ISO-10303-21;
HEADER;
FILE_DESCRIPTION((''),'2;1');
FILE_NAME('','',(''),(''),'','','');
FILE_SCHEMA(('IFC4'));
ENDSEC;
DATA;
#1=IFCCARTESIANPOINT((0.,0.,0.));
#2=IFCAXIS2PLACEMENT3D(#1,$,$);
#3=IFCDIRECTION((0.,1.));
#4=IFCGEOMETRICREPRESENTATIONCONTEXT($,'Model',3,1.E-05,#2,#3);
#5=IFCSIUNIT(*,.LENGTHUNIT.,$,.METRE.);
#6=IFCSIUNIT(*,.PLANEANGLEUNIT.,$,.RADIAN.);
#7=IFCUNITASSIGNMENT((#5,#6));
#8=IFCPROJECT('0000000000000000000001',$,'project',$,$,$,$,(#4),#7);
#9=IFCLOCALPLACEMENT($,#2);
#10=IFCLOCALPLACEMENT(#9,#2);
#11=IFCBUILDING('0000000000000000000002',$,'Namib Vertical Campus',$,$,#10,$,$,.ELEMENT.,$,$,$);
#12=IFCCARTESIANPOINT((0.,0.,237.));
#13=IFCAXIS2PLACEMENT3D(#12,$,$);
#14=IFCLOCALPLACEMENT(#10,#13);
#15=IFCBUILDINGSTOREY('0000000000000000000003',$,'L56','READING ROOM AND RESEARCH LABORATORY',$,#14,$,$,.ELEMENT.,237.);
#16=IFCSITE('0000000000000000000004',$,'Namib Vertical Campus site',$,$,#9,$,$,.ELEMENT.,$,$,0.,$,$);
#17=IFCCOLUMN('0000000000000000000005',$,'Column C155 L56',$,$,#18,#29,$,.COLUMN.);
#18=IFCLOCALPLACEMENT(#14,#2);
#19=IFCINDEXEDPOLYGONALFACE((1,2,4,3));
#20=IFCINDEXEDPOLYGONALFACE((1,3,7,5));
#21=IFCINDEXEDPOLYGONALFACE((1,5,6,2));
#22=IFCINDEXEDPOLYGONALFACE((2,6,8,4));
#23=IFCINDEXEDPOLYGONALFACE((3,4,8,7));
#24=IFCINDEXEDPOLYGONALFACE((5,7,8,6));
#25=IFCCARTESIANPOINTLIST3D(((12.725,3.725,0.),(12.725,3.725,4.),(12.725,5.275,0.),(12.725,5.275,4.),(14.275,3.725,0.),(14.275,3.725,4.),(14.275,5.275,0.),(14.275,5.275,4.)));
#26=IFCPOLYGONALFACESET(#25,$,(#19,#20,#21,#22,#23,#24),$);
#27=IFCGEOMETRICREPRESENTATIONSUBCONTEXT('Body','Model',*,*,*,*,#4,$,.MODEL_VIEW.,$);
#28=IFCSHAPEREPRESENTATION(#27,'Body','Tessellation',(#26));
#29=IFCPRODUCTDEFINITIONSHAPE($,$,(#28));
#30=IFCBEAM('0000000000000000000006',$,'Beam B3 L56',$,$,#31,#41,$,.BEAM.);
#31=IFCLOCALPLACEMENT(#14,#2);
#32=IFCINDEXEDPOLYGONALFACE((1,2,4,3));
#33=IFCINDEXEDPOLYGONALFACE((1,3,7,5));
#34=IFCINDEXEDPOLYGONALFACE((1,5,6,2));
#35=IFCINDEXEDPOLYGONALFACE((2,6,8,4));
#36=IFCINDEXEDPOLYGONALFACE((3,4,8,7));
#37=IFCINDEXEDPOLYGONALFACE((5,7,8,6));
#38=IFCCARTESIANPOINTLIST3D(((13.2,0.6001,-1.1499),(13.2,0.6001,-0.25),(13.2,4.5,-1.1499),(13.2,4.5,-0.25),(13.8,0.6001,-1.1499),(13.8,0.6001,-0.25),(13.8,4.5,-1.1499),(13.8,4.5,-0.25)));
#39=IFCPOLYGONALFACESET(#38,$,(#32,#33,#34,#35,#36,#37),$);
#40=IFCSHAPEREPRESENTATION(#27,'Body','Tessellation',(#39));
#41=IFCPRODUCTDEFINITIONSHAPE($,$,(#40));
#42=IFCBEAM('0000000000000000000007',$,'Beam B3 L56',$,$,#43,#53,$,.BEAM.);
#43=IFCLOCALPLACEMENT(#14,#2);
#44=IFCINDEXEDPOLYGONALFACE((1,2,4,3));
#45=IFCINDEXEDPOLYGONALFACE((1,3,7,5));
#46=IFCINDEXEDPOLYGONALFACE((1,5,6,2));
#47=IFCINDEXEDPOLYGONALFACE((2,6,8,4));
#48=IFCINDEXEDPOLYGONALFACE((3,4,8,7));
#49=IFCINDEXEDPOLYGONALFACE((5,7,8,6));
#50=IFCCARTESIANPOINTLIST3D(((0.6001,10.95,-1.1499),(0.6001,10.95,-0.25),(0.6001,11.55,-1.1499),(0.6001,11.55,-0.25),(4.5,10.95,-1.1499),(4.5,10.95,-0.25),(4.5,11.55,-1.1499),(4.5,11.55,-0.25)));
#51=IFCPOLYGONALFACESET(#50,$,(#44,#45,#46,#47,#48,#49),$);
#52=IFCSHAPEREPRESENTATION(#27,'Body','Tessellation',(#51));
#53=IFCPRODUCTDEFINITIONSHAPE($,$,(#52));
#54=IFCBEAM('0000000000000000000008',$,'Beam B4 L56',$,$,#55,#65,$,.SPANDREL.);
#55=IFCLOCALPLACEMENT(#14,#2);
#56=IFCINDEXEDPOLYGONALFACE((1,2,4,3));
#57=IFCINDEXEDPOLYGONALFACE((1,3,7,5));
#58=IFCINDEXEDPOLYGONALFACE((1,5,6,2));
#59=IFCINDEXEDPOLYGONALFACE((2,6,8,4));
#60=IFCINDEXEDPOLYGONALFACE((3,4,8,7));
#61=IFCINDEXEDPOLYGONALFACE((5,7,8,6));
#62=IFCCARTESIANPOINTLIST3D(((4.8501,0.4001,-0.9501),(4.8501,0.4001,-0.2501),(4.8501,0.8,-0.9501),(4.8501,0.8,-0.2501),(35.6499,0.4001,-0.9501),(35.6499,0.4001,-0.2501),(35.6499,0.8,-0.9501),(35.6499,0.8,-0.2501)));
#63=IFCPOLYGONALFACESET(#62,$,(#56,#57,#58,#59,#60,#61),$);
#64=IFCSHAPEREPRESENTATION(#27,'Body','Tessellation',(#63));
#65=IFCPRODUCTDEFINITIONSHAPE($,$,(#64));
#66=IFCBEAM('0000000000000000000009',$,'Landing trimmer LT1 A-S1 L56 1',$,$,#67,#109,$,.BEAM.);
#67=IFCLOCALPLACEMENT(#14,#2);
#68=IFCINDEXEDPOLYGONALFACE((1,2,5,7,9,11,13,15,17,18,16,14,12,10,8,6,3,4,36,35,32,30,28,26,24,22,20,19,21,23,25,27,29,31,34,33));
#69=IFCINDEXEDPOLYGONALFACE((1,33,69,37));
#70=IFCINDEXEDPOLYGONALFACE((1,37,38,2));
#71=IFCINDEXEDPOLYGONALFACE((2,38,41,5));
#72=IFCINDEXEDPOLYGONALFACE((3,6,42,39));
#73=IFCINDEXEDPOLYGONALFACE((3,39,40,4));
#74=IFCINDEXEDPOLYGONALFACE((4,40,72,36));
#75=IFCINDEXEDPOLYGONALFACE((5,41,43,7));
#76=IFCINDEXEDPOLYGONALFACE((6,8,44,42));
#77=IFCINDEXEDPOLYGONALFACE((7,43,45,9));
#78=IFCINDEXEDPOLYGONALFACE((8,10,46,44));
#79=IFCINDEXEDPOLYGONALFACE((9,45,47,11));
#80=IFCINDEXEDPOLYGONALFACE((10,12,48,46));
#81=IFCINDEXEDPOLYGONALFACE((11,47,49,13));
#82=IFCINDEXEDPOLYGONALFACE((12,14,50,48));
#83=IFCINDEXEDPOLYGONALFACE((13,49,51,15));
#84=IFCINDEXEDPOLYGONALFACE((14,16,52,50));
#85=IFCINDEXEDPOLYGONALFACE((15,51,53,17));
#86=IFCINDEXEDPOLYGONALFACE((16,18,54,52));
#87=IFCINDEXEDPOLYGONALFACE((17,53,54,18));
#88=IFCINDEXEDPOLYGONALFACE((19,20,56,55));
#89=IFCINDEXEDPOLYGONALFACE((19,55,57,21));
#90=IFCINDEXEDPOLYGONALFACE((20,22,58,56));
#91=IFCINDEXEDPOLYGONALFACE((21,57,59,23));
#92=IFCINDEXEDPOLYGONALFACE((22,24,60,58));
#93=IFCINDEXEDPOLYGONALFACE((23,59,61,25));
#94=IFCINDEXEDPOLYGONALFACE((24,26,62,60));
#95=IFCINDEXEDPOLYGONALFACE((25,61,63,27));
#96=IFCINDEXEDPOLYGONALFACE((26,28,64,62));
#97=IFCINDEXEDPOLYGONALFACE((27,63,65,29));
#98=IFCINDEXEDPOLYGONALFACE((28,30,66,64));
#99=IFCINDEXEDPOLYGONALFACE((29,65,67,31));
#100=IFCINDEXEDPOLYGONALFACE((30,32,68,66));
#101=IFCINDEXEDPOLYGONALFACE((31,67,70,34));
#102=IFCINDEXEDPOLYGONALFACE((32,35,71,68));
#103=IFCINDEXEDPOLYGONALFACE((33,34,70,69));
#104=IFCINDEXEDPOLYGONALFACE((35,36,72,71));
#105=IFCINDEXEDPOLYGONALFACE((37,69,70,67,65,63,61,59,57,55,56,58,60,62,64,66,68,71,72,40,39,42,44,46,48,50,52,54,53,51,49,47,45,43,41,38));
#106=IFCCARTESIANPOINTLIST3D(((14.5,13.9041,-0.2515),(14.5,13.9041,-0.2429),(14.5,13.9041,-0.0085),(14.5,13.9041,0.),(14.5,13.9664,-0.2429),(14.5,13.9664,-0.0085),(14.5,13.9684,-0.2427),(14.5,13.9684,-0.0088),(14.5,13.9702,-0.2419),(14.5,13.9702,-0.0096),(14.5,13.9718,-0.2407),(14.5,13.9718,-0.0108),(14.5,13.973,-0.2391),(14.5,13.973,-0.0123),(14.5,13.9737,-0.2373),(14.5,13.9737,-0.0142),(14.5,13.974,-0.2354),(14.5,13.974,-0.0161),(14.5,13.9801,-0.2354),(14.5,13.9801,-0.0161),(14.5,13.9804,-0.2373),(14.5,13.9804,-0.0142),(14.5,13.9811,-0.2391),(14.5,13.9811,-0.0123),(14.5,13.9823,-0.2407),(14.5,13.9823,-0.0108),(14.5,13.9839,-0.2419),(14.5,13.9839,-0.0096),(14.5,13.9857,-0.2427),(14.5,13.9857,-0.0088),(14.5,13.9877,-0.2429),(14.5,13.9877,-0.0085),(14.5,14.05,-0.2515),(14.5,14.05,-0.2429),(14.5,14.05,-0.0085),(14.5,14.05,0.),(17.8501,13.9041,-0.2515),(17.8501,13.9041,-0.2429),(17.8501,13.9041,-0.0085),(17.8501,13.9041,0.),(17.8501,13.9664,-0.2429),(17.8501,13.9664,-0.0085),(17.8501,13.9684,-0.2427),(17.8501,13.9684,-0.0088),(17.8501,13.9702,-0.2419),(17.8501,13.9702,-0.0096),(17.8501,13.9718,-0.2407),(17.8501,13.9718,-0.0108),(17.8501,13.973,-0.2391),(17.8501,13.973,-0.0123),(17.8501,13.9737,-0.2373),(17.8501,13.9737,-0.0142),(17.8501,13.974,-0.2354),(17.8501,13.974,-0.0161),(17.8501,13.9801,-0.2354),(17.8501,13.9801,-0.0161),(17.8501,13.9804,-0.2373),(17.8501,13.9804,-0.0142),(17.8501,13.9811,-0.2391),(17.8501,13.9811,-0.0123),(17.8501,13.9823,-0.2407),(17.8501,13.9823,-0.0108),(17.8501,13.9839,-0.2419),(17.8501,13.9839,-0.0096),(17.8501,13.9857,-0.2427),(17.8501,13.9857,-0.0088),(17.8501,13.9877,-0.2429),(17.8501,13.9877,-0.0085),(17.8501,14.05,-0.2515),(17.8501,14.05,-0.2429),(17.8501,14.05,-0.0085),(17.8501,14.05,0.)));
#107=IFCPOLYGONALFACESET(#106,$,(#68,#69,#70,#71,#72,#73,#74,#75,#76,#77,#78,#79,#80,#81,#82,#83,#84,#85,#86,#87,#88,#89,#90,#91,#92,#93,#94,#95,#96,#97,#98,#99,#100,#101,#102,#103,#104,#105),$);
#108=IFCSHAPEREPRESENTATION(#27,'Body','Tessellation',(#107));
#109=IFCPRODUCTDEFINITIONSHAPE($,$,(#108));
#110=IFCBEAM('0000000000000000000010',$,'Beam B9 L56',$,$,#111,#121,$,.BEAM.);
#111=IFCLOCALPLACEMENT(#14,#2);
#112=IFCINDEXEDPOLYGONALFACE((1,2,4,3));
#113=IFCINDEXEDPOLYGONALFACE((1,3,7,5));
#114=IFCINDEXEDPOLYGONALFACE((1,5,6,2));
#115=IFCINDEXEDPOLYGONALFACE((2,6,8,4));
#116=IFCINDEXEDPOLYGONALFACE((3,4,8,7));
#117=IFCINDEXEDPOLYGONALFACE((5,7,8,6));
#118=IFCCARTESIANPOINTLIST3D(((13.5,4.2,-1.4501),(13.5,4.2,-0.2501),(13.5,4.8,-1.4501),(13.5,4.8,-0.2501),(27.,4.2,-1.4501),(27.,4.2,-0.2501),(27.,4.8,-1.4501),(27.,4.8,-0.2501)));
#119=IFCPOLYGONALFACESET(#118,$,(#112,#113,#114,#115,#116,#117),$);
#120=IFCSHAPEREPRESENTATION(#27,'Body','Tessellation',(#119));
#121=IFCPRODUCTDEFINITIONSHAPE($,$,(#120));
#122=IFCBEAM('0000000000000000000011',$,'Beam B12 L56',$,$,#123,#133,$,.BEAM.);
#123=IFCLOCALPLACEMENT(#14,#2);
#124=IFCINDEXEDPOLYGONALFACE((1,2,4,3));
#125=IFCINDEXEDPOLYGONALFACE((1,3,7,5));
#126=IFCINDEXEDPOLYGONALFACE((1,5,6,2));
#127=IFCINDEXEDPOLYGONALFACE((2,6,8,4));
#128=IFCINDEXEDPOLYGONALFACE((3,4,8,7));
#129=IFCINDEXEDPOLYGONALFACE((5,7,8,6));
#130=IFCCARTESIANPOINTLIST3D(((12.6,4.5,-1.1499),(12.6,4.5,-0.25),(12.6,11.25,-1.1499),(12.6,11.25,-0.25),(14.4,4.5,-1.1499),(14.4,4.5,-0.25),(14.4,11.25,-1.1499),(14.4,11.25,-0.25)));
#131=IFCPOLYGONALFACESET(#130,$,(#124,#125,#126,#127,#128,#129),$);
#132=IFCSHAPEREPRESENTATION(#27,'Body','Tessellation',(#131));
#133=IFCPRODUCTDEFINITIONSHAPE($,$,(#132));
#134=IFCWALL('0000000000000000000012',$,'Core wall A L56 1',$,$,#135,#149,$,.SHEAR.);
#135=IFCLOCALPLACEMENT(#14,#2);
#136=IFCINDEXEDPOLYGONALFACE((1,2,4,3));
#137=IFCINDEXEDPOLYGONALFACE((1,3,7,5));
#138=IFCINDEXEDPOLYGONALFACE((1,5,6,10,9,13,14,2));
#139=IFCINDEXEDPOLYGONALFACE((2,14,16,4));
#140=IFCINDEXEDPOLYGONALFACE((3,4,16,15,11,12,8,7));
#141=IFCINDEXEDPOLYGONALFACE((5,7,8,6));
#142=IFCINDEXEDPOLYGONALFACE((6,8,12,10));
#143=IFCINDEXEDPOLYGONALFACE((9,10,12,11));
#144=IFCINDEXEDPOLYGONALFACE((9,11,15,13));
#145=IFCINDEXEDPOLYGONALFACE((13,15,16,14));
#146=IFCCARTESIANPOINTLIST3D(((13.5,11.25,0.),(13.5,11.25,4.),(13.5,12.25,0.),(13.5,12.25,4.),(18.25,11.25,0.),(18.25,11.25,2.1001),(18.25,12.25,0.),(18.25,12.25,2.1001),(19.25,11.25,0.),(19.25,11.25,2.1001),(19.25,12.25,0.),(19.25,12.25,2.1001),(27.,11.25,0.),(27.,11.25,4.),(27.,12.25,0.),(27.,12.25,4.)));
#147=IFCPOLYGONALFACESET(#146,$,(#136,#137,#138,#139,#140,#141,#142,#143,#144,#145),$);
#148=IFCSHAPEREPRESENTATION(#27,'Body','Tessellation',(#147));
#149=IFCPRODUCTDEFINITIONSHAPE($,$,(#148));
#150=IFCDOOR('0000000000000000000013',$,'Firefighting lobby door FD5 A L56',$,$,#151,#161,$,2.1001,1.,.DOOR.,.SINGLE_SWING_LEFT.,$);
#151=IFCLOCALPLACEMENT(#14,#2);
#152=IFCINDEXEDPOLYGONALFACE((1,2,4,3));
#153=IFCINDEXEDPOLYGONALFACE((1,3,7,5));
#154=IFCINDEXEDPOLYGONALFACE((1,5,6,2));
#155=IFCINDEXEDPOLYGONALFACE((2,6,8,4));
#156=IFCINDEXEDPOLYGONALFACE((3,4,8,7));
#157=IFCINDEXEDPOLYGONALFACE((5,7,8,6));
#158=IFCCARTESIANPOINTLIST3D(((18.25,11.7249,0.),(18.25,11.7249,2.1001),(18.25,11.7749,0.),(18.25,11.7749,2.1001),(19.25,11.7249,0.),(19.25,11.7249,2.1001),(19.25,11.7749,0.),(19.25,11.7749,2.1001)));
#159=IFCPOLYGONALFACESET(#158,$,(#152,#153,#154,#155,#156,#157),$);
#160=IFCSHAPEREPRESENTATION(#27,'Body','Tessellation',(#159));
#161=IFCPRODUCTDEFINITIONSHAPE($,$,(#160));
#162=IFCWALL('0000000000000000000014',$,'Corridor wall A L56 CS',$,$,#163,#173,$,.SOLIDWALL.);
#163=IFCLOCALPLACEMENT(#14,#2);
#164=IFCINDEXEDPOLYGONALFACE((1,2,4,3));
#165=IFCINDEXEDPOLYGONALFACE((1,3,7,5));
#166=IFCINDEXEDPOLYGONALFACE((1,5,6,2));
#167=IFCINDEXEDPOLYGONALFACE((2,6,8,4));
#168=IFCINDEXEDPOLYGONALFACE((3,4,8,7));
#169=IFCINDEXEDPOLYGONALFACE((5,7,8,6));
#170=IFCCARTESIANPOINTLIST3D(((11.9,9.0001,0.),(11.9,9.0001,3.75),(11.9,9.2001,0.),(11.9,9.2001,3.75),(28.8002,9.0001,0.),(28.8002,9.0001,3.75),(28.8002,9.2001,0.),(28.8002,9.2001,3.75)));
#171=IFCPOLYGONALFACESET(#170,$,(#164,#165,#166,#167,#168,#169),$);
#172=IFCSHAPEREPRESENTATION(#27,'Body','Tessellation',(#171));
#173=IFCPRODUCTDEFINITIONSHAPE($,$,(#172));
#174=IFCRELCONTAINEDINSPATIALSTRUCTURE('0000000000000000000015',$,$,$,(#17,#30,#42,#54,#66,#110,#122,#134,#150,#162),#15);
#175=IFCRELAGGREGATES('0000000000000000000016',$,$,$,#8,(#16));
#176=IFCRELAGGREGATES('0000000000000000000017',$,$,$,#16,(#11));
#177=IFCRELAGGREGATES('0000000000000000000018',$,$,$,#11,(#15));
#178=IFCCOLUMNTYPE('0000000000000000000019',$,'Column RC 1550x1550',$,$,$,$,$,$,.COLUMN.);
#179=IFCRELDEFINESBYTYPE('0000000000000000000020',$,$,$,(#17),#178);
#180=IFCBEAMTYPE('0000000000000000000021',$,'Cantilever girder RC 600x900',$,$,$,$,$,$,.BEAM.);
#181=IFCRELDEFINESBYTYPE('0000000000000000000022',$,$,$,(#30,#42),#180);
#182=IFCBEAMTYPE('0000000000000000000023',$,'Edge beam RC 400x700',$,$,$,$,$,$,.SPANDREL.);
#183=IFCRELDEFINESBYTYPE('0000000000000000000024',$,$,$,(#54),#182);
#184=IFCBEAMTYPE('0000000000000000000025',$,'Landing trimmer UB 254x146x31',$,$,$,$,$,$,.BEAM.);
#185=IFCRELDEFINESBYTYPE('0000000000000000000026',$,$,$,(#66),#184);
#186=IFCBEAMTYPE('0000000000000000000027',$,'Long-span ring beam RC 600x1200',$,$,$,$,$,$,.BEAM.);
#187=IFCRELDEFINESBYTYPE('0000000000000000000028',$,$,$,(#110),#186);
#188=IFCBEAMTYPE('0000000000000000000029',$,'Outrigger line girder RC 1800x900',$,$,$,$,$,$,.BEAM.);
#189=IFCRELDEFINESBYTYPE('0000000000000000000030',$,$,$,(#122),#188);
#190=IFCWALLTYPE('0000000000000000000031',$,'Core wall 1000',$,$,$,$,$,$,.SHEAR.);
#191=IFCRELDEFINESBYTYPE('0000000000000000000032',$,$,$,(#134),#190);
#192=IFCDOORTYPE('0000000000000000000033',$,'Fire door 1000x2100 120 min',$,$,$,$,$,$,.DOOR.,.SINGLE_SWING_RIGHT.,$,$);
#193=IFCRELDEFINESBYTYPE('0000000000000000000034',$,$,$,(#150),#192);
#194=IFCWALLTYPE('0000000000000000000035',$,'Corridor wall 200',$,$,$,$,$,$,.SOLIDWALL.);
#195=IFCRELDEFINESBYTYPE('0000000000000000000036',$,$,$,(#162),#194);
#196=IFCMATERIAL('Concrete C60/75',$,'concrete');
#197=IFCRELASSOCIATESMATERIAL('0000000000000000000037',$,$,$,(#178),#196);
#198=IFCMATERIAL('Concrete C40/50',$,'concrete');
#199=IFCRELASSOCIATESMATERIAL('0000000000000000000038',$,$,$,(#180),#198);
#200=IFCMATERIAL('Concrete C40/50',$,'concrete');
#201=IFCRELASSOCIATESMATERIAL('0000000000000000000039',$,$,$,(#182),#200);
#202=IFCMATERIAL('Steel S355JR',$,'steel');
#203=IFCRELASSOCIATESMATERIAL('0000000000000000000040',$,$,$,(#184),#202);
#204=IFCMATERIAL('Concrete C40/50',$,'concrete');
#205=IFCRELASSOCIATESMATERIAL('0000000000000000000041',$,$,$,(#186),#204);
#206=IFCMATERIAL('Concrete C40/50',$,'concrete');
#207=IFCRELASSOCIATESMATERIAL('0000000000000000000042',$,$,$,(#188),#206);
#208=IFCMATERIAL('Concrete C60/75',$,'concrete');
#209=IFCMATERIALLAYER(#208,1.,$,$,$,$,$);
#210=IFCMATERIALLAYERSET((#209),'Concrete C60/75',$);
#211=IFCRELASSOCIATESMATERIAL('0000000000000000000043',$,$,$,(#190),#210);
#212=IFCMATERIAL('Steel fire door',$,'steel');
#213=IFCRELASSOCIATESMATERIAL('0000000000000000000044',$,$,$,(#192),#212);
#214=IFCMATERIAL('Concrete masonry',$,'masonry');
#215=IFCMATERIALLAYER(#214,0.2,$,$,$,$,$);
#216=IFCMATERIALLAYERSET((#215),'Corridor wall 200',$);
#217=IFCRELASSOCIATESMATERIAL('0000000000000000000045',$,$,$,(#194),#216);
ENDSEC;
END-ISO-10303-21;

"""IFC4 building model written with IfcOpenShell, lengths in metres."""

from ifc_helpers import new_model, si_unit, direction, frame, frame_2d, origin, origin_2d, place, context, subcontext, project, spatial, rectangle, i_section, extrude, material, layer, layer_set, material_profile, profile_set, type_object, element, fill, save


model = new_model("IFC4")

# Units and contexts
model_context = context("Model", 3, precision=1e-05, world=origin(), true_north=direction((0.0, 1.0)))
body_context = subcontext(model_context, "Body", "Model", "MODEL_VIEW")
ifc_project = project(units=[si_unit("LENGTHUNIT", "METRE"), si_unit("PLANEANGLEUNIT", "RADIAN")], contexts=[model_context])

# Site, building, storey
site_placement = place(None, origin())
site = spatial("IfcSite", under=ifc_project, at=site_placement, Name="Namib Vertical Campus site", CompositionType="ELEMENT", RefElevation=0.0)
building_placement = place(site_placement, origin())
building = spatial("IfcBuilding", under=site, at=building_placement, Name="Namib Vertical Campus", CompositionType="ELEMENT")
storey_placement = place(building_placement, frame((0.0, 0.0, 237.0)))
storey = spatial("IfcBuildingStorey", under=building, at=storey_placement, Name="L56", Description="READING ROOM AND RESEARCH LABORATORY", CompositionType="ELEMENT", Elevation=237.0)

# Column
ifc_material_1 = material(Name="Concrete C60/75", Category="concrete")
ifc_material_profile_1 = material_profile(ifc_material_1, rectangle(XDim=1.55, YDim=1.55, at=origin_2d()))
ifc_profile_set_1 = profile_set([ifc_material_profile_1], Name="Concrete C60/75")
column_type = type_object("IfcColumnType", Name="Column RC 1550x1550", PredefinedType="COLUMN", material=ifc_profile_set_1)
column_placement = place(storey_placement, frame((13.5, 4.5, 0.0), z_axis=(0.0, 0.0, 1.0), x_axis=(1.0, 0.0, 0.0)))
element("IfcColumn", 1, at=column_placement, inside=storey, type_object=column_type, Name="Column C155 L56", PredefinedType="COLUMN", context=body_context, shape_type="SweptSolid", body=[
    extrude(rectangle(XDim=1.55, YDim=1.55, at=origin_2d()), origin(), (0.0, 0.0, 1.0), 4.0),
])

# Beams
ifc_material_2 = material(Name="Concrete C40/50", Category="concrete")
ifc_material_profile_2 = material_profile(ifc_material_2, rectangle(XDim=0.6001, YDim=0.8999, at=origin_2d()))
ifc_profile_set_2 = profile_set([ifc_material_profile_2], Name="Concrete C40/50")
beam_type_1 = type_object("IfcBeamType", Name="Cantilever girder RC 600x900", PredefinedType="BEAM", material=ifc_profile_set_2)
for number, where, z_axis, x_axis, name in (
    (2, (13.5, 4.5, -0.7), (0.0, -1.0, 0.0), (1.0, 0.0, 0.0), "Beam B3 L56"),
    (3, (4.5, 11.25, -0.7), (-1.0, 0.0, 0.0), (0.0, -1.0, 0.0), "Beam B3 L56"),
):
    element("IfcBeam", number, at=place(storey_placement, frame(where, z_axis=z_axis, x_axis=x_axis)), inside=storey, type_object=beam_type_1, Name=name, PredefinedType="BEAM", context=body_context, shape_type="SweptSolid", body=[
        extrude(rectangle(XDim=0.6001, YDim=0.8999, at=origin_2d()), origin(), (0.0, 0.0, 1.0), 3.8999),
    ])
ifc_material_3 = material(Name="Concrete C40/50", Category="concrete")
ifc_material_profile_3 = material_profile(ifc_material_3, rectangle(XDim=0.3999, YDim=0.7, at=origin_2d()))
ifc_profile_set_3 = profile_set([ifc_material_profile_3], Name="Concrete C40/50")
beam_type_2 = type_object("IfcBeamType", Name="Edge beam RC 400x700", PredefinedType="SPANDREL", material=ifc_profile_set_3)
beam_1_placement = place(storey_placement, frame((4.8501, 0.6001, -0.6001), z_axis=(1.0, 0.0, 0.0), x_axis=(0.0, 1.0, 0.0)))
element("IfcBeam", 4, at=beam_1_placement, inside=storey, type_object=beam_type_2, Name="Beam B4 L56", PredefinedType="SPANDREL", context=body_context, shape_type="SweptSolid", body=[
    extrude(rectangle(XDim=0.3999, YDim=0.7, at=origin_2d()), origin(), (0.0, 0.0, 1.0), 30.7998),
])
ifc_material_4 = material(Name="Steel S355JR", Category="steel")
ifc_material_profile_4 = material_profile(ifc_material_4, i_section(OverallWidth=0.146, OverallDepth=0.2515, WebThickness=0.0061, FlangeThickness=0.0085, FilletRadius=0.0076, at=origin_2d()))
ifc_profile_set_4 = profile_set([ifc_material_profile_4], Name="Steel S355JR")
beam_type_3 = type_object("IfcBeamType", Name="Landing trimmer UB 254x146x31", PredefinedType="BEAM", material=ifc_profile_set_4)
beam_2_placement = place(storey_placement, frame((14.5, 13.9771, -0.1257), z_axis=(1.0, 0.0, 0.0), x_axis=(0.0, 1.0, 0.0)))
element("IfcBeam", 5, at=beam_2_placement, inside=storey, type_object=beam_type_3, Name="Landing trimmer LT1 A-S1 L56 1", PredefinedType="BEAM", context=body_context, shape_type="SweptSolid", body=[
    extrude(i_section(OverallWidth=0.146, OverallDepth=0.2515, WebThickness=0.0061, FlangeThickness=0.0085, FilletRadius=0.0076, at=origin_2d()), origin(), (0.0, 0.0, 1.0), 3.3501),
])
ifc_material_5 = material(Name="Concrete C40/50", Category="concrete")
ifc_material_profile_5 = material_profile(ifc_material_5, rectangle(XDim=0.6001, YDim=1.2, at=origin_2d()))
ifc_profile_set_5 = profile_set([ifc_material_profile_5], Name="Concrete C40/50")
beam_type_4 = type_object("IfcBeamType", Name="Long-span ring beam RC 600x1200", PredefinedType="BEAM", material=ifc_profile_set_5)
beam_3_placement = place(storey_placement, frame((13.5, 4.5, -0.8501), z_axis=(1.0, 0.0, 0.0), x_axis=(0.0, 1.0, 0.0)))
element("IfcBeam", 6, at=beam_3_placement, inside=storey, type_object=beam_type_4, Name="Beam B9 L56", PredefinedType="BEAM", context=body_context, shape_type="SweptSolid", body=[
    extrude(rectangle(XDim=0.6001, YDim=1.2, at=origin_2d()), origin(), (0.0, 0.0, 1.0), 13.5),
])
ifc_material_6 = material(Name="Concrete C40/50", Category="concrete")
ifc_material_profile_6 = material_profile(ifc_material_6, rectangle(XDim=1.8, YDim=0.8999, at=origin_2d()))
ifc_profile_set_6 = profile_set([ifc_material_profile_6], Name="Concrete C40/50")
beam_type_5 = type_object("IfcBeamType", Name="Outrigger line girder RC 1800x900", PredefinedType="BEAM", material=ifc_profile_set_6)
beam_4_placement = place(storey_placement, frame((13.5, 4.5, -0.7), z_axis=(0.0, 1.0, 0.0), x_axis=(-1.0, 0.0, 0.0)))
element("IfcBeam", 7, at=beam_4_placement, inside=storey, type_object=beam_type_5, Name="Beam B12 L56", PredefinedType="BEAM", context=body_context, shape_type="SweptSolid", body=[
    extrude(rectangle(XDim=1.8, YDim=0.8999, at=origin_2d()), origin(), (0.0, 0.0, 1.0), 6.75),
])

# Wall, opening, door
ifc_material_7 = material(Name="Concrete C60/75", Category="concrete")
ifc_layer_1 = layer(ifc_material_7, 1.0)
ifc_layer_set_1 = layer_set([ifc_layer_1], Name="Concrete C60/75")
wall_type_1 = type_object("IfcWallType", Name="Core wall 1000", PredefinedType="SHEAR", material=ifc_layer_set_1)
wall_1_placement = place(storey_placement, frame((13.5, 11.75, 0.0), z_axis=(0.0, 0.0, 1.0), x_axis=(1.0, 0.0, 0.0)))
wall_1 = element("IfcWall", 8, at=wall_1_placement, inside=storey, type_object=wall_type_1, Name="Core wall A L56 1", PredefinedType="SHEAR", context=body_context, shape_type="SweptSolid", body=[
    extrude(rectangle(XDim=13.5, YDim=1.0, at=frame_2d((6.75, 0.0))), origin(), (0.0, 0.0, 1.0), 4.0),
])
opening_1_placement = place(wall_1_placement, frame((4.75, 0.0, 0.0)))
opening_1 = element("IfcOpeningElement", 9, at=opening_1_placement, cuts=wall_1, PredefinedType="OPENING", context=body_context, shape_type="SweptSolid", body=[
    extrude(rectangle(XDim=1.0, YDim=2.1001, at=frame_2d((0.5, 1.05))), frame((0.0, 0.51, 0.0), z_axis=(0.0, -1.0, 0.0), x_axis=(1.0, 0.0, 0.0)), (0.0, 0.0, 1.0), 1.02),
])
ifc_material_8 = material(Name="Steel fire door", Category="steel")
door_type = type_object("IfcDoorType", Name="Fire door 1000x2100 120 min", OperationType="SINGLE_SWING_RIGHT", PredefinedType="DOOR", material=ifc_material_8)
door_placement = place(opening_1_placement, origin())
door = element("IfcDoor", 10, at=door_placement, inside=storey, type_object=door_type, Name="Firefighting lobby door FD5 A L56", OperationType="SINGLE_SWING_LEFT", OverallHeight=2.1001, OverallWidth=1.0, PredefinedType="DOOR", context=body_context, shape_type="SweptSolid", body=[
    extrude(rectangle(XDim=1.0, YDim=2.1001, at=frame_2d((0.5, 1.05))), frame((0.0, 0.0249, 0.0), z_axis=(0.0, -1.0, 0.0), x_axis=(1.0, 0.0, 0.0)), (0.0, 0.0, 1.0), 0.05),
])
fill(opening_1, door)

# Wall
ifc_material_9 = material(Name="Concrete masonry", Category="masonry")
ifc_layer_2 = layer(ifc_material_9, 0.2)
ifc_layer_set_2 = layer_set([ifc_layer_2], Name="Corridor wall 200")
wall_type_2 = type_object("IfcWallType", Name="Corridor wall 200", PredefinedType="SOLIDWALL", material=ifc_layer_set_2)
wall_2_placement = place(storey_placement, frame((11.8999, 9.1001, 0.0), z_axis=(0.0, 0.0, 1.0), x_axis=(1.0, 0.0, 0.0)))
element("IfcWall", 11, at=wall_2_placement, inside=storey, type_object=wall_type_2, Name="Corridor wall A L56 CS", PredefinedType="SOLIDWALL", context=body_context, shape_type="SweptSolid", body=[
    extrude(rectangle(XDim=16.9001, YDim=0.2, at=frame_2d((8.4502, 0.0))), origin(), (0.0, 0.0, 1.0), 3.75),
])

save(model, "model.ifc")
